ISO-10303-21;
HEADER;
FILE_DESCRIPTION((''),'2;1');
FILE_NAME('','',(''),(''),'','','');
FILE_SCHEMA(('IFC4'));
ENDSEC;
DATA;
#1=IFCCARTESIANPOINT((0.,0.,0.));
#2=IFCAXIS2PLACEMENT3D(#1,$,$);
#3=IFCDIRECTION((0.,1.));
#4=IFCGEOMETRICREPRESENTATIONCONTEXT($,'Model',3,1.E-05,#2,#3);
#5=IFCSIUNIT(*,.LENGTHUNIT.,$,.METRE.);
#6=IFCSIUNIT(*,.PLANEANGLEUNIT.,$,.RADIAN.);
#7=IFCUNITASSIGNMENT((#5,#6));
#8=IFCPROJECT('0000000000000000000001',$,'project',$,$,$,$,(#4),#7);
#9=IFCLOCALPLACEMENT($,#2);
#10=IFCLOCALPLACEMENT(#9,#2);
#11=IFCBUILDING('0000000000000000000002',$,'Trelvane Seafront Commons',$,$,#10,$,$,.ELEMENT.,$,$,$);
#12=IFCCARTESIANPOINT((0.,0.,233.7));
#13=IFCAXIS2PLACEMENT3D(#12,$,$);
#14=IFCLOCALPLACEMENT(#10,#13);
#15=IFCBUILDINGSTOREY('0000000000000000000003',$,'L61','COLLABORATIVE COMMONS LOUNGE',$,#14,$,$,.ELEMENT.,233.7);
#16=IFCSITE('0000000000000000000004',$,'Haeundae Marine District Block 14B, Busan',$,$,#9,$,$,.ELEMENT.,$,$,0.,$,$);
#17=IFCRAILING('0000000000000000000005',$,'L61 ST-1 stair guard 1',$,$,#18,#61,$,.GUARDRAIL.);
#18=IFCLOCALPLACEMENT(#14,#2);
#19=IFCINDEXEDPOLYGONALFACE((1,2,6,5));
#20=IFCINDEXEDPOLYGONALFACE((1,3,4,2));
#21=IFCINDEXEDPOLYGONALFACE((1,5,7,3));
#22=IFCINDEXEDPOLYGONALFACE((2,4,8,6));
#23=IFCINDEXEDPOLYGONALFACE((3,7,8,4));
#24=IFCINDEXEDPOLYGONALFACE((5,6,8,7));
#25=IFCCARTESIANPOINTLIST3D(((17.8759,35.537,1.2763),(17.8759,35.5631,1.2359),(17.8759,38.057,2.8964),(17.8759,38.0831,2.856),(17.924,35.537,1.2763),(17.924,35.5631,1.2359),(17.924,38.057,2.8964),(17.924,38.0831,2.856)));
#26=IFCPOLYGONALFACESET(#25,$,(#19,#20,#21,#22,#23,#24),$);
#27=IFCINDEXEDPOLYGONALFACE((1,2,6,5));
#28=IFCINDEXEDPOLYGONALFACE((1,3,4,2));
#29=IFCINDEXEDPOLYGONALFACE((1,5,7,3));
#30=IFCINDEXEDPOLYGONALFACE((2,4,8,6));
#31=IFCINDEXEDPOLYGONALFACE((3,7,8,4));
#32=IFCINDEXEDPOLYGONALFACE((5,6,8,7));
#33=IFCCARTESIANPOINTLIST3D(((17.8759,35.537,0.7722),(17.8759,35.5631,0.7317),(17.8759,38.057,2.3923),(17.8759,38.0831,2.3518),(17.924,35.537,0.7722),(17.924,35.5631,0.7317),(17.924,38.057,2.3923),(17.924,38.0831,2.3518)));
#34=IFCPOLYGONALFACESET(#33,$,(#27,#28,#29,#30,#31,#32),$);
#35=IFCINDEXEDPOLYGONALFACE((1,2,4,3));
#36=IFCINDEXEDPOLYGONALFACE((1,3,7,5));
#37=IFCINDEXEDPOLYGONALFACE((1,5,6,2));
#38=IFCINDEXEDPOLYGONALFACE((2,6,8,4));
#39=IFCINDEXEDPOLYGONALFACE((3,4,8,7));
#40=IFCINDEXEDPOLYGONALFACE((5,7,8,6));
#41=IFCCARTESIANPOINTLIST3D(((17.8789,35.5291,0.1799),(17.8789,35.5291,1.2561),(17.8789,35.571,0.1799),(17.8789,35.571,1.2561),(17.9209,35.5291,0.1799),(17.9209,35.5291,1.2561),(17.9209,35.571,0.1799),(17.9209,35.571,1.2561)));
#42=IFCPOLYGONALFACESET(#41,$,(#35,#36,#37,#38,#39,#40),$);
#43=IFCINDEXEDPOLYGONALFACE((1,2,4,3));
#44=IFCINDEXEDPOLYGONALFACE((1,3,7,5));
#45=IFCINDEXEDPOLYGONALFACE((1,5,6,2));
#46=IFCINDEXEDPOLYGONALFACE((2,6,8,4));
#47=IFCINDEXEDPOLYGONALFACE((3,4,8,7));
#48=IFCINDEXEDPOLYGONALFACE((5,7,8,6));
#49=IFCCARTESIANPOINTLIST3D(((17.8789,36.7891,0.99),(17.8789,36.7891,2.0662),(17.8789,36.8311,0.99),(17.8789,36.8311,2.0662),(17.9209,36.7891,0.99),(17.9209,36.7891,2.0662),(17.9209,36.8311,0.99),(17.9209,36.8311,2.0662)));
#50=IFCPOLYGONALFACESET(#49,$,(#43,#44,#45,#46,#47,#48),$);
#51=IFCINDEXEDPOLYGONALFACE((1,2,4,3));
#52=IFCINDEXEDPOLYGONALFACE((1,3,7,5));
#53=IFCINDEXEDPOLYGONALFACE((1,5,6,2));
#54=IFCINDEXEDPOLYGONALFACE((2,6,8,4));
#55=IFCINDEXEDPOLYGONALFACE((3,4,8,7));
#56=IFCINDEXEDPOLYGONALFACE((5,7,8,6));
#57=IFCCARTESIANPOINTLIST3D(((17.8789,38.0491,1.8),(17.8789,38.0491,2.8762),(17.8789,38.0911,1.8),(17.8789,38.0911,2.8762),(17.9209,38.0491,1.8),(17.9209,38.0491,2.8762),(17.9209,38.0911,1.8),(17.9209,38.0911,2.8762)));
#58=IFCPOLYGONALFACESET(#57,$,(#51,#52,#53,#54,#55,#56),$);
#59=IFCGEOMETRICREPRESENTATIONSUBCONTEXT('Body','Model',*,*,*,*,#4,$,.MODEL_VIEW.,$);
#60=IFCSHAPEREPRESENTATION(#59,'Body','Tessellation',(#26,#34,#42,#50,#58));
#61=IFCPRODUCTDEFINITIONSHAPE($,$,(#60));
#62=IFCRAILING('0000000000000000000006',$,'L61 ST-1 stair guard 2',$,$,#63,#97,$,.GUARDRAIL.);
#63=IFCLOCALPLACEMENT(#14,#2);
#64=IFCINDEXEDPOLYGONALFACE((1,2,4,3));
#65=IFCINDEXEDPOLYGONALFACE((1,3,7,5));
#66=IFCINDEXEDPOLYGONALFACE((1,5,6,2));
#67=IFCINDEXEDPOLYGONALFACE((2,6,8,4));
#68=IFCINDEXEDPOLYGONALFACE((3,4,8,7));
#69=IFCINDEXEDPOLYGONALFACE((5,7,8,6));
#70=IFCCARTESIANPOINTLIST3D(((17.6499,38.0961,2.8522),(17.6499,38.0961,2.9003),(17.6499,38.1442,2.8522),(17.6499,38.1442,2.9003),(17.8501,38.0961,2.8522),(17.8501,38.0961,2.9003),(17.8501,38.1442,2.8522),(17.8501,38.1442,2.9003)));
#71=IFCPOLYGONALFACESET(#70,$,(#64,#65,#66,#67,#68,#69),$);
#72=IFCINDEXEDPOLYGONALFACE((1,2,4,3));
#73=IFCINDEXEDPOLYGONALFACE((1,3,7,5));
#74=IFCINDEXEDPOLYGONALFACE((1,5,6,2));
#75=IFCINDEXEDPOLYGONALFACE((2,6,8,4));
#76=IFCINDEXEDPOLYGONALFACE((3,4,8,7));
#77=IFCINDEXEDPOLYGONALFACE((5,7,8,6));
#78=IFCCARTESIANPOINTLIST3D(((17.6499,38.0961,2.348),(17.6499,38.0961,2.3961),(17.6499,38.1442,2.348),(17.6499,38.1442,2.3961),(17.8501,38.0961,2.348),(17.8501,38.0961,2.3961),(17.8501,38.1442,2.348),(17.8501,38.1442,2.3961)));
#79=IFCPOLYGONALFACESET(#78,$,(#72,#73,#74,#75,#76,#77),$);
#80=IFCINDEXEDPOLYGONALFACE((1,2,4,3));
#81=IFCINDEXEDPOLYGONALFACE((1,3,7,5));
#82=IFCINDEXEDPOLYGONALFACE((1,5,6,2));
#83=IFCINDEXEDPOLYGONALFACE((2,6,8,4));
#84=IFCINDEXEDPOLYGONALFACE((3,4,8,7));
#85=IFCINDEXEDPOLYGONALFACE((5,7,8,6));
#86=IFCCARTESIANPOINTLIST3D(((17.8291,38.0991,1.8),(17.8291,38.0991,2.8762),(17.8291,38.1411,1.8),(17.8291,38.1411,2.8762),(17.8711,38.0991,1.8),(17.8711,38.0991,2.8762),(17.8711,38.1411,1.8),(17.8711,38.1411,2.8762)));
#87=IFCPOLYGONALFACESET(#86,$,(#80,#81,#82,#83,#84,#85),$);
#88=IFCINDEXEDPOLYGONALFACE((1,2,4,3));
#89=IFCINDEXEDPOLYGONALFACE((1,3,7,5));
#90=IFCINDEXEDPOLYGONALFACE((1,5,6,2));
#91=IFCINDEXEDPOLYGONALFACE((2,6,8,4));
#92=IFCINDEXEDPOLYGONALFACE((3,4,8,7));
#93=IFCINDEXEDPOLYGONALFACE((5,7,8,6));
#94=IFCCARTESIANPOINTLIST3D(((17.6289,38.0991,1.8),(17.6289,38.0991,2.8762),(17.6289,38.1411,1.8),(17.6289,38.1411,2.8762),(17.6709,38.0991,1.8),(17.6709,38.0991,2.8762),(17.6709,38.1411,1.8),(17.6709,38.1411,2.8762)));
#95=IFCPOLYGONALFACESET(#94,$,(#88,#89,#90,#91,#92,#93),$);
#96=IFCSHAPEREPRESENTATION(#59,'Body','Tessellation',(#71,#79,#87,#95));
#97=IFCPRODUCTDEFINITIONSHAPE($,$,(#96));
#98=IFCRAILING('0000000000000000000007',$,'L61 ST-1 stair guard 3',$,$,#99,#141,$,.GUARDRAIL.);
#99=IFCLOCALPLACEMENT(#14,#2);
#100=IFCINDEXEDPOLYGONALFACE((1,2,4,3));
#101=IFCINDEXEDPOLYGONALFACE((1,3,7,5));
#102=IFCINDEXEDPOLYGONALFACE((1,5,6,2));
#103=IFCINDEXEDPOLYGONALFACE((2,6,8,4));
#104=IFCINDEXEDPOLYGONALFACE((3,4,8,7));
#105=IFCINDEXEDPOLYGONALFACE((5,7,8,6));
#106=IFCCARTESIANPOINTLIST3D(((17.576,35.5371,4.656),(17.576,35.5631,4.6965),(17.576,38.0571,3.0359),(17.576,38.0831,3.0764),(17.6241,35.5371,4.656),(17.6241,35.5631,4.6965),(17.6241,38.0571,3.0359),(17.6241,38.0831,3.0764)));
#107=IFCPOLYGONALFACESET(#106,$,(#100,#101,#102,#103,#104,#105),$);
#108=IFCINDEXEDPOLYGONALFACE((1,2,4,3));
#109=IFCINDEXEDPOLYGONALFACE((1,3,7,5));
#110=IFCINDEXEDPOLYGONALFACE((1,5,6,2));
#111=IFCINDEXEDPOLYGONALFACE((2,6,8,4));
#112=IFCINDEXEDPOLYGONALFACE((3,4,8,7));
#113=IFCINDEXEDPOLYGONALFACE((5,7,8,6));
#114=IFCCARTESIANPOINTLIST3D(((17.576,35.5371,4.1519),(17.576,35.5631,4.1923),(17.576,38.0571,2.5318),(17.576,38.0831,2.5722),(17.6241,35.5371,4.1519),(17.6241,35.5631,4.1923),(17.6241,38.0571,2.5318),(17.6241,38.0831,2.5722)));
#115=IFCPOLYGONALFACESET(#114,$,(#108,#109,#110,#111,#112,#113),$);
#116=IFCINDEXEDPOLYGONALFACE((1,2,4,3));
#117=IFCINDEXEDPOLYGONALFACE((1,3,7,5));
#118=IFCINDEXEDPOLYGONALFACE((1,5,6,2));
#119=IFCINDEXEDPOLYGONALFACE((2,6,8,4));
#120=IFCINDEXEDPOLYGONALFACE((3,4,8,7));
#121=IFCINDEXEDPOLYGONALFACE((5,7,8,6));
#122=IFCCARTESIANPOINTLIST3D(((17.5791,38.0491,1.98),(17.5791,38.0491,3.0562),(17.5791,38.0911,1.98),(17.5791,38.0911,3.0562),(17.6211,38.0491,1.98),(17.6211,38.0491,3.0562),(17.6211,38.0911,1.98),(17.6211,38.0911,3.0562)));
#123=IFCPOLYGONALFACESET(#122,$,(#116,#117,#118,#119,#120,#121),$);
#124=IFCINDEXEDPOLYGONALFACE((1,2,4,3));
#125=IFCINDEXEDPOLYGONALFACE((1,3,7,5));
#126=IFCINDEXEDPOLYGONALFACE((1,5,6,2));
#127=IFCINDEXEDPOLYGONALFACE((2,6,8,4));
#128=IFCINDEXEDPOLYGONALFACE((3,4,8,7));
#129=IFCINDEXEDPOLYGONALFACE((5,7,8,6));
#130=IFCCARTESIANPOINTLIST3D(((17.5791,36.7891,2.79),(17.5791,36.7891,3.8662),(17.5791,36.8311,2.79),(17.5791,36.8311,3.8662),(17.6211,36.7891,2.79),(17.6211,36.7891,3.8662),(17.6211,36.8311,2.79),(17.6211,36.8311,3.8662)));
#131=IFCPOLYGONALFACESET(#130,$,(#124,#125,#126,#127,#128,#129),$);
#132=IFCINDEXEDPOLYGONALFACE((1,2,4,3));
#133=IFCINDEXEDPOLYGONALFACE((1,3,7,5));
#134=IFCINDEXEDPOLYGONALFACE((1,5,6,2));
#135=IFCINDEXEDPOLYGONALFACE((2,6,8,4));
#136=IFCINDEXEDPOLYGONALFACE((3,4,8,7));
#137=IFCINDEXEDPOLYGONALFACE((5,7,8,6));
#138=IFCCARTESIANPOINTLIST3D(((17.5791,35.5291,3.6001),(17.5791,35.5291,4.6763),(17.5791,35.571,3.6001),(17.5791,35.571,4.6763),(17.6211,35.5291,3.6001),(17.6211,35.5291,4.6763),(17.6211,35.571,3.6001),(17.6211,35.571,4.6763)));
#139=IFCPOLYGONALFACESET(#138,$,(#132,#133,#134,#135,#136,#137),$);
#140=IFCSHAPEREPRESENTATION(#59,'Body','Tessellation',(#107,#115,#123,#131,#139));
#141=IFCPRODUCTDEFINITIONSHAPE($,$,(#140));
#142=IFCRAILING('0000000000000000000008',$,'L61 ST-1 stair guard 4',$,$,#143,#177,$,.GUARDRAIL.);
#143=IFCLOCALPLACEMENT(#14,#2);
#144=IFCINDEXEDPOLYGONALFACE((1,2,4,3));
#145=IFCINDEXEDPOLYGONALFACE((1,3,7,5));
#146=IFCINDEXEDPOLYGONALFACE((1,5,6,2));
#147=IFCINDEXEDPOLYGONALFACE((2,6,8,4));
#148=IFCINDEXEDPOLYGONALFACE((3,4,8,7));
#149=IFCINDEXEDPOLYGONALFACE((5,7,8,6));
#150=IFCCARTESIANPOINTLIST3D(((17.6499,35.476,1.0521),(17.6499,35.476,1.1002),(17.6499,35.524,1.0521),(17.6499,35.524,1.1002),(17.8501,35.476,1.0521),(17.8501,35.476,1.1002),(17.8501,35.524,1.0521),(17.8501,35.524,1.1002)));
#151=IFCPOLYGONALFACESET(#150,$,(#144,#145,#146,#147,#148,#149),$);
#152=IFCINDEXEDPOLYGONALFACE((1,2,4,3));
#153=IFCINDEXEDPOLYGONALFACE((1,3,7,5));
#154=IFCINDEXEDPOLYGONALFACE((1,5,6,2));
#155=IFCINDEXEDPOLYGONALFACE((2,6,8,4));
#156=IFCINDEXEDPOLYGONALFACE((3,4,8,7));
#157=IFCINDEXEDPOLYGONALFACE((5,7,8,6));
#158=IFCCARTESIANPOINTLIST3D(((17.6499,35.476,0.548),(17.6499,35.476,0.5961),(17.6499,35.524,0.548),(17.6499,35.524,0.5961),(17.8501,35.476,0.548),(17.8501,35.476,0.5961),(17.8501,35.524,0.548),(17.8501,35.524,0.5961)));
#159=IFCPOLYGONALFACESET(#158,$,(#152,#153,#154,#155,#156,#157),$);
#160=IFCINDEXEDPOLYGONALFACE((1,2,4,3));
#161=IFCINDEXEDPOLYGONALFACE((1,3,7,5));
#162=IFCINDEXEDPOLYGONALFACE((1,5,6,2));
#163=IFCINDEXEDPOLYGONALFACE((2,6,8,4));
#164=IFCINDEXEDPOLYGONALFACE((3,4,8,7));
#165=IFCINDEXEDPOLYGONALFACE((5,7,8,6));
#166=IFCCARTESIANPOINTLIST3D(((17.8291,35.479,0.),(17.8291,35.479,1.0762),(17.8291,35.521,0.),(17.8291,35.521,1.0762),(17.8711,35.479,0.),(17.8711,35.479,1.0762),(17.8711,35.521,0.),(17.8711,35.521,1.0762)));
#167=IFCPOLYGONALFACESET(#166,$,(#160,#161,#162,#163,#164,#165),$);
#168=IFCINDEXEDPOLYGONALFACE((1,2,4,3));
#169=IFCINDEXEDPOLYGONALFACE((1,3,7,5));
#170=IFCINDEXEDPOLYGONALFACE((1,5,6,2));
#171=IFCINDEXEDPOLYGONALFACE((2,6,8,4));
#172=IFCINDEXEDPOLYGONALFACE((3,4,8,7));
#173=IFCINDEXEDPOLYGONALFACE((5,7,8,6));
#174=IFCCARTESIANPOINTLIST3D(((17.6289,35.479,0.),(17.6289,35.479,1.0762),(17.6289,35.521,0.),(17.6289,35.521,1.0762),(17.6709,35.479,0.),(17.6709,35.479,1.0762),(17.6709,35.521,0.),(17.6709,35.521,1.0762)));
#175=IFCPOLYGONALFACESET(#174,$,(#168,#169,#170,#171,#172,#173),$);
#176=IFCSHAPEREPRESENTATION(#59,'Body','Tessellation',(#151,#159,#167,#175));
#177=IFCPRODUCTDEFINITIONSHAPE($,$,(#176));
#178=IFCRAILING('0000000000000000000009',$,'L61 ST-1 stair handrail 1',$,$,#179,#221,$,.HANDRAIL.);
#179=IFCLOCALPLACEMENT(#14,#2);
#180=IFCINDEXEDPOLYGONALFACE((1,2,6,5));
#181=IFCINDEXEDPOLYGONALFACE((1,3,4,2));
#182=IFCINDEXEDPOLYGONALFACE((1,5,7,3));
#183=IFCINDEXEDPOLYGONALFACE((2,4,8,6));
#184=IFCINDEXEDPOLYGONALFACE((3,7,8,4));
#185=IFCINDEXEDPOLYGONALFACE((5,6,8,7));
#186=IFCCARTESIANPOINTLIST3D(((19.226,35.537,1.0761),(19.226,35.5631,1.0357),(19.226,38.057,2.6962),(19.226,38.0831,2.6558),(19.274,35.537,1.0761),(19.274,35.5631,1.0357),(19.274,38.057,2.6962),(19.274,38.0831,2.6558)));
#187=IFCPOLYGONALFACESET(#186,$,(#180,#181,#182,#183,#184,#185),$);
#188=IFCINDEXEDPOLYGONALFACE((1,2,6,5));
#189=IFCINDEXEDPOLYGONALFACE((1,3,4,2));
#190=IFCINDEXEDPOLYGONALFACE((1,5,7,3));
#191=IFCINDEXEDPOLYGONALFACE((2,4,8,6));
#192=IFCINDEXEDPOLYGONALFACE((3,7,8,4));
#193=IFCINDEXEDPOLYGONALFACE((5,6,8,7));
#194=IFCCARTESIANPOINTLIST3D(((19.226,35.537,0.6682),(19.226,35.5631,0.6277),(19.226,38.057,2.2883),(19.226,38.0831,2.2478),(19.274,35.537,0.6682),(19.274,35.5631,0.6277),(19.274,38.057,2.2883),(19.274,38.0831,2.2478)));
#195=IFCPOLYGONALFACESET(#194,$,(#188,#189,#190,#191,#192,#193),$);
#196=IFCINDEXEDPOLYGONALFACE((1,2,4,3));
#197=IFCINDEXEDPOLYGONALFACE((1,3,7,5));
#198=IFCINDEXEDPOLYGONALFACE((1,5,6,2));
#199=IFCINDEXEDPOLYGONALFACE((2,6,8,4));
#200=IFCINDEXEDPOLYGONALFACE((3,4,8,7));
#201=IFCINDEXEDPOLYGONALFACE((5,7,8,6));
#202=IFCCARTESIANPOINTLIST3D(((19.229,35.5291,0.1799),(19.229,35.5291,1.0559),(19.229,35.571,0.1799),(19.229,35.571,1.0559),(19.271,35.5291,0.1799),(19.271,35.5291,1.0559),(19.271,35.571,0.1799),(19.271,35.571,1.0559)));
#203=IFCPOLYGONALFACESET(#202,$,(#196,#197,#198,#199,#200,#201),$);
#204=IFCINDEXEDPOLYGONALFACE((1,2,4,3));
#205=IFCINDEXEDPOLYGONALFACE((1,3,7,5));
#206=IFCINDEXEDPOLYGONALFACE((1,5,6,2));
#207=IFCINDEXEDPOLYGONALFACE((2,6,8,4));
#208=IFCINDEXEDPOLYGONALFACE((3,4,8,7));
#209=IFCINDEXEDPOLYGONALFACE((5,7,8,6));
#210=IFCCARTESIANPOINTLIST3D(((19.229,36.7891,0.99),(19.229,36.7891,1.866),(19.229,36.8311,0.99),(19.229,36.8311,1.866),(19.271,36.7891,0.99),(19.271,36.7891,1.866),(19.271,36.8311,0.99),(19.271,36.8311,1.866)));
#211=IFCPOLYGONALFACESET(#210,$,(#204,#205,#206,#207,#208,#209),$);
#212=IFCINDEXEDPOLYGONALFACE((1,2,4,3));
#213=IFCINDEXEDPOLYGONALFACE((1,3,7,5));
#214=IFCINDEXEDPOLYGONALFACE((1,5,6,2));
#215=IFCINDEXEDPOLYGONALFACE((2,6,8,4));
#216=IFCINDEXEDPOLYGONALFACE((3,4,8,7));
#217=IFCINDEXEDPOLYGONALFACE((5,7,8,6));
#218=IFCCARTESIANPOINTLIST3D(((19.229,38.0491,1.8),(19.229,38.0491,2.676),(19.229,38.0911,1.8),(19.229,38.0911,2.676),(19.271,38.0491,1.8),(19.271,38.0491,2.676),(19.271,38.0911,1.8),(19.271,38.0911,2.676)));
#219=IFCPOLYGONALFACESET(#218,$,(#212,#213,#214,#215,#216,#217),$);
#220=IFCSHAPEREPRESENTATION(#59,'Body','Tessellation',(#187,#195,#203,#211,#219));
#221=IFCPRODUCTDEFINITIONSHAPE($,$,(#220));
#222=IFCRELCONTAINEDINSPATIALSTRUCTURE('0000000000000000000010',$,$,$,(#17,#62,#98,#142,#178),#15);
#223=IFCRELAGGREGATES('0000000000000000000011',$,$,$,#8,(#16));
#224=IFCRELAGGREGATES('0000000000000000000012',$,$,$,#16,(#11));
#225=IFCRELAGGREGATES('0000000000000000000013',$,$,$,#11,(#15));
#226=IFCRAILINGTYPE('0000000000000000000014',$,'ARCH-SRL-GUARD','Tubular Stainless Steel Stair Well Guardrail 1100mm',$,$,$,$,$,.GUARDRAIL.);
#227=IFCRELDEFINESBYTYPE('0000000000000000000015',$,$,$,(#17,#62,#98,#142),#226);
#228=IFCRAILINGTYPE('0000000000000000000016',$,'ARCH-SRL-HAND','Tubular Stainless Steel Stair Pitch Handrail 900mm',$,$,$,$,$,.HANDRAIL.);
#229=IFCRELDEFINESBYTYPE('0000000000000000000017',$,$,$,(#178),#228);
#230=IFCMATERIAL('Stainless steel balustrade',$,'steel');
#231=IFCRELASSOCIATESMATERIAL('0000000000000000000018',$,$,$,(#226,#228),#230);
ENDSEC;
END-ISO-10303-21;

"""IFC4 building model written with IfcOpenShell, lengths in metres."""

from ifc_helpers import new_model, si_unit, direction, frame, origin, origin_2d, place, context, subcontext, project, spatial, rectangle, extrude, material, type_object, element, save


model = new_model("IFC4")

# Units and contexts
model_context = context("Model", 3, precision=1e-05, world=origin(), true_north=direction((0.0, 1.0)))
body_context = subcontext(model_context, "Body", "Model", "MODEL_VIEW")
ifc_project = project(units=[si_unit("LENGTHUNIT", "METRE"), si_unit("PLANEANGLEUNIT", "RADIAN")], contexts=[model_context])

# Site, building, storey
site_placement = place(None, origin())
site = spatial("IfcSite", under=ifc_project, at=site_placement, Name="Haeundae Marine District Block 14B, Busan", CompositionType="ELEMENT", RefElevation=0.0)
building_placement = place(site_placement, origin())
building = spatial("IfcBuilding", under=site, at=building_placement, Name="Trelvane Seafront Commons", CompositionType="ELEMENT")
storey_placement = place(building_placement, frame((0.0, 0.0, 233.7)))
storey = spatial("IfcBuildingStorey", under=building, at=storey_placement, Name="L61", Description="COLLABORATIVE COMMONS LOUNGE", CompositionType="ELEMENT", Elevation=233.7)

# Shared definitions
ifc_material_1 = material(Name="Stainless steel balustrade", Category="steel")

# Railings
railing_type_1 = type_object("IfcRailingType", Name="ARCH-SRL-GUARD", Description="Tubular Stainless Steel Stair Well Guardrail 1100mm", PredefinedType="GUARDRAIL", material=ifc_material_1)
railing_1_placement = place(storey_placement, frame((17.8999, 35.55, 0.1799)))
element("IfcRailing", 1, at=railing_1_placement, inside=storey, type_object=railing_type_1, Name="L61 ST-1 stair guard 1", PredefinedType="GUARDRAIL", context=body_context, shape_type="SweptSolid", body=[
    extrude(rectangle(XDim=0.0481, YDim=0.0481, at=origin_2d()), frame((0.0, 0.0, 1.0762), z_axis=(0.0, 0.841163, 0.540782), x_axis=(-1.0, 0.0, 0.0)), (0.0, 0.0, 1.0), 2.9958),
    extrude(rectangle(XDim=0.0481, YDim=0.0481, at=origin_2d()), frame((0.0, 0.0, 0.572), z_axis=(0.0, 0.841163, 0.540782), x_axis=(-1.0, 0.0, 0.0)), (0.0, 0.0, 1.0), 2.9958),
    extrude(rectangle(XDim=0.042, YDim=0.042, at=origin_2d()), origin(), (0.0, 0.0, 1.0), 1.0762),
    extrude(rectangle(XDim=0.042, YDim=0.042, at=origin_2d()), frame((0.0, 1.26, 0.8101)), (0.0, 0.0, 1.0), 1.0762),
    extrude(rectangle(XDim=0.042, YDim=0.042, at=origin_2d()), frame((0.0, 2.52, 1.6201)), (0.0, 0.0, 1.0), 1.0762),
])
railing_2_placement = place(storey_placement, frame((17.8501, 38.1201, 1.8)))
element("IfcRailing", 2, at=railing_2_placement, inside=storey, type_object=railing_type_1, Name="L61 ST-1 stair guard 2", PredefinedType="GUARDRAIL", context=body_context, shape_type="SweptSolid", body=[
    extrude(rectangle(XDim=0.0481, YDim=0.0481, at=origin_2d()), frame((0.0, 0.0, 1.0762), z_axis=(-1.0, 0.0, 0.0), x_axis=(0.0, -1.0, 0.0)), (0.0, 0.0, 1.0), 0.2002),
    extrude(rectangle(XDim=0.0481, YDim=0.0481, at=origin_2d()), frame((0.0, 0.0, 0.572), z_axis=(-1.0, 0.0, 0.0), x_axis=(0.0, -1.0, 0.0)), (0.0, 0.0, 1.0), 0.2002),
    extrude(rectangle(XDim=0.042, YDim=0.042, at=origin_2d()), origin(), (0.0, 0.0, 1.0), 1.0762),
    extrude(rectangle(XDim=0.042, YDim=0.042, at=origin_2d()), frame((-0.2002, 0.0, 0.0)), (0.0, 0.0, 1.0), 1.0762),
])
railing_3_placement = place(storey_placement, frame((17.6001, 38.0701, 1.98)))
element("IfcRailing", 3, at=railing_3_placement, inside=storey, type_object=railing_type_1, Name="L61 ST-1 stair guard 3", PredefinedType="GUARDRAIL", context=body_context, shape_type="SweptSolid", body=[
    extrude(rectangle(XDim=0.0481, YDim=0.0481, at=origin_2d()), frame((0.0, 0.0, 1.0762), z_axis=(0.0, -0.841163, 0.540782), x_axis=(1.0, 0.0, 0.0)), (0.0, 0.0, 1.0), 2.9958),
    extrude(rectangle(XDim=0.0481, YDim=0.0481, at=origin_2d()), frame((0.0, 0.0, 0.572), z_axis=(0.0, -0.841163, 0.540782), x_axis=(1.0, 0.0, 0.0)), (0.0, 0.0, 1.0), 2.9958),
    extrude(rectangle(XDim=0.042, YDim=0.042, at=origin_2d()), origin(), (0.0, 0.0, 1.0), 1.0762),
    extrude(rectangle(XDim=0.042, YDim=0.042, at=origin_2d()), frame((0.0, -1.26, 0.8101)), (0.0, 0.0, 1.0), 1.0762),
    extrude(rectangle(XDim=0.042, YDim=0.042, at=origin_2d()), frame((0.0, -2.52, 1.6201)), (0.0, 0.0, 1.0), 1.0762),
])
railing_4_placement = place(storey_placement, frame((17.8501, 35.5, 0.0)))
element("IfcRailing", 4, at=railing_4_placement, inside=storey, type_object=railing_type_1, Name="L61 ST-1 stair guard 4", PredefinedType="GUARDRAIL", context=body_context, shape_type="SweptSolid", body=[
    extrude(rectangle(XDim=0.0481, YDim=0.0481, at=origin_2d()), frame((0.0, 0.0, 1.0762), z_axis=(-1.0, 0.0, 0.0), x_axis=(0.0, -1.0, 0.0)), (0.0, 0.0, 1.0), 0.2002),
    extrude(rectangle(XDim=0.0481, YDim=0.0481, at=origin_2d()), frame((0.0, 0.0, 0.572), z_axis=(-1.0, 0.0, 0.0), x_axis=(0.0, -1.0, 0.0)), (0.0, 0.0, 1.0), 0.2002),
    extrude(rectangle(XDim=0.042, YDim=0.042, at=origin_2d()), origin(), (0.0, 0.0, 1.0), 1.0762),
    extrude(rectangle(XDim=0.042, YDim=0.042, at=origin_2d()), frame((-0.2002, 0.0, 0.0)), (0.0, 0.0, 1.0), 1.0762),
])
railing_type_2 = type_object("IfcRailingType", Name="ARCH-SRL-HAND", Description="Tubular Stainless Steel Stair Pitch Handrail 900mm", PredefinedType="HANDRAIL", material=ifc_material_1)
railing_5_placement = place(storey_placement, frame((19.25, 35.55, 0.1799)))
element("IfcRailing", 5, at=railing_5_placement, inside=storey, type_object=railing_type_2, Name="L61 ST-1 stair handrail 1", PredefinedType="HANDRAIL", context=body_context, shape_type="SweptSolid", body=[
    extrude(rectangle(XDim=0.0481, YDim=0.0481, at=origin_2d()), frame((0.0, 0.0, 0.876), z_axis=(0.0, 0.841163, 0.540782), x_axis=(-1.0, 0.0, 0.0)), (0.0, 0.0, 1.0), 2.9958),
    extrude(rectangle(XDim=0.0481, YDim=0.0481, at=origin_2d()), frame((0.0, 0.0, 0.468), z_axis=(0.0, 0.841163, 0.540782), x_axis=(-1.0, 0.0, 0.0)), (0.0, 0.0, 1.0), 2.9958),
    extrude(rectangle(XDim=0.042, YDim=0.042, at=origin_2d()), origin(), (0.0, 0.0, 1.0), 0.876),
    extrude(rectangle(XDim=0.042, YDim=0.042, at=origin_2d()), frame((0.0, 1.26, 0.8101)), (0.0, 0.0, 1.0), 0.876),
    extrude(rectangle(XDim=0.042, YDim=0.042, at=origin_2d()), frame((0.0, 2.52, 1.6201)), (0.0, 0.0, 1.0), 0.876),
])

save(model, "model.ifc")
